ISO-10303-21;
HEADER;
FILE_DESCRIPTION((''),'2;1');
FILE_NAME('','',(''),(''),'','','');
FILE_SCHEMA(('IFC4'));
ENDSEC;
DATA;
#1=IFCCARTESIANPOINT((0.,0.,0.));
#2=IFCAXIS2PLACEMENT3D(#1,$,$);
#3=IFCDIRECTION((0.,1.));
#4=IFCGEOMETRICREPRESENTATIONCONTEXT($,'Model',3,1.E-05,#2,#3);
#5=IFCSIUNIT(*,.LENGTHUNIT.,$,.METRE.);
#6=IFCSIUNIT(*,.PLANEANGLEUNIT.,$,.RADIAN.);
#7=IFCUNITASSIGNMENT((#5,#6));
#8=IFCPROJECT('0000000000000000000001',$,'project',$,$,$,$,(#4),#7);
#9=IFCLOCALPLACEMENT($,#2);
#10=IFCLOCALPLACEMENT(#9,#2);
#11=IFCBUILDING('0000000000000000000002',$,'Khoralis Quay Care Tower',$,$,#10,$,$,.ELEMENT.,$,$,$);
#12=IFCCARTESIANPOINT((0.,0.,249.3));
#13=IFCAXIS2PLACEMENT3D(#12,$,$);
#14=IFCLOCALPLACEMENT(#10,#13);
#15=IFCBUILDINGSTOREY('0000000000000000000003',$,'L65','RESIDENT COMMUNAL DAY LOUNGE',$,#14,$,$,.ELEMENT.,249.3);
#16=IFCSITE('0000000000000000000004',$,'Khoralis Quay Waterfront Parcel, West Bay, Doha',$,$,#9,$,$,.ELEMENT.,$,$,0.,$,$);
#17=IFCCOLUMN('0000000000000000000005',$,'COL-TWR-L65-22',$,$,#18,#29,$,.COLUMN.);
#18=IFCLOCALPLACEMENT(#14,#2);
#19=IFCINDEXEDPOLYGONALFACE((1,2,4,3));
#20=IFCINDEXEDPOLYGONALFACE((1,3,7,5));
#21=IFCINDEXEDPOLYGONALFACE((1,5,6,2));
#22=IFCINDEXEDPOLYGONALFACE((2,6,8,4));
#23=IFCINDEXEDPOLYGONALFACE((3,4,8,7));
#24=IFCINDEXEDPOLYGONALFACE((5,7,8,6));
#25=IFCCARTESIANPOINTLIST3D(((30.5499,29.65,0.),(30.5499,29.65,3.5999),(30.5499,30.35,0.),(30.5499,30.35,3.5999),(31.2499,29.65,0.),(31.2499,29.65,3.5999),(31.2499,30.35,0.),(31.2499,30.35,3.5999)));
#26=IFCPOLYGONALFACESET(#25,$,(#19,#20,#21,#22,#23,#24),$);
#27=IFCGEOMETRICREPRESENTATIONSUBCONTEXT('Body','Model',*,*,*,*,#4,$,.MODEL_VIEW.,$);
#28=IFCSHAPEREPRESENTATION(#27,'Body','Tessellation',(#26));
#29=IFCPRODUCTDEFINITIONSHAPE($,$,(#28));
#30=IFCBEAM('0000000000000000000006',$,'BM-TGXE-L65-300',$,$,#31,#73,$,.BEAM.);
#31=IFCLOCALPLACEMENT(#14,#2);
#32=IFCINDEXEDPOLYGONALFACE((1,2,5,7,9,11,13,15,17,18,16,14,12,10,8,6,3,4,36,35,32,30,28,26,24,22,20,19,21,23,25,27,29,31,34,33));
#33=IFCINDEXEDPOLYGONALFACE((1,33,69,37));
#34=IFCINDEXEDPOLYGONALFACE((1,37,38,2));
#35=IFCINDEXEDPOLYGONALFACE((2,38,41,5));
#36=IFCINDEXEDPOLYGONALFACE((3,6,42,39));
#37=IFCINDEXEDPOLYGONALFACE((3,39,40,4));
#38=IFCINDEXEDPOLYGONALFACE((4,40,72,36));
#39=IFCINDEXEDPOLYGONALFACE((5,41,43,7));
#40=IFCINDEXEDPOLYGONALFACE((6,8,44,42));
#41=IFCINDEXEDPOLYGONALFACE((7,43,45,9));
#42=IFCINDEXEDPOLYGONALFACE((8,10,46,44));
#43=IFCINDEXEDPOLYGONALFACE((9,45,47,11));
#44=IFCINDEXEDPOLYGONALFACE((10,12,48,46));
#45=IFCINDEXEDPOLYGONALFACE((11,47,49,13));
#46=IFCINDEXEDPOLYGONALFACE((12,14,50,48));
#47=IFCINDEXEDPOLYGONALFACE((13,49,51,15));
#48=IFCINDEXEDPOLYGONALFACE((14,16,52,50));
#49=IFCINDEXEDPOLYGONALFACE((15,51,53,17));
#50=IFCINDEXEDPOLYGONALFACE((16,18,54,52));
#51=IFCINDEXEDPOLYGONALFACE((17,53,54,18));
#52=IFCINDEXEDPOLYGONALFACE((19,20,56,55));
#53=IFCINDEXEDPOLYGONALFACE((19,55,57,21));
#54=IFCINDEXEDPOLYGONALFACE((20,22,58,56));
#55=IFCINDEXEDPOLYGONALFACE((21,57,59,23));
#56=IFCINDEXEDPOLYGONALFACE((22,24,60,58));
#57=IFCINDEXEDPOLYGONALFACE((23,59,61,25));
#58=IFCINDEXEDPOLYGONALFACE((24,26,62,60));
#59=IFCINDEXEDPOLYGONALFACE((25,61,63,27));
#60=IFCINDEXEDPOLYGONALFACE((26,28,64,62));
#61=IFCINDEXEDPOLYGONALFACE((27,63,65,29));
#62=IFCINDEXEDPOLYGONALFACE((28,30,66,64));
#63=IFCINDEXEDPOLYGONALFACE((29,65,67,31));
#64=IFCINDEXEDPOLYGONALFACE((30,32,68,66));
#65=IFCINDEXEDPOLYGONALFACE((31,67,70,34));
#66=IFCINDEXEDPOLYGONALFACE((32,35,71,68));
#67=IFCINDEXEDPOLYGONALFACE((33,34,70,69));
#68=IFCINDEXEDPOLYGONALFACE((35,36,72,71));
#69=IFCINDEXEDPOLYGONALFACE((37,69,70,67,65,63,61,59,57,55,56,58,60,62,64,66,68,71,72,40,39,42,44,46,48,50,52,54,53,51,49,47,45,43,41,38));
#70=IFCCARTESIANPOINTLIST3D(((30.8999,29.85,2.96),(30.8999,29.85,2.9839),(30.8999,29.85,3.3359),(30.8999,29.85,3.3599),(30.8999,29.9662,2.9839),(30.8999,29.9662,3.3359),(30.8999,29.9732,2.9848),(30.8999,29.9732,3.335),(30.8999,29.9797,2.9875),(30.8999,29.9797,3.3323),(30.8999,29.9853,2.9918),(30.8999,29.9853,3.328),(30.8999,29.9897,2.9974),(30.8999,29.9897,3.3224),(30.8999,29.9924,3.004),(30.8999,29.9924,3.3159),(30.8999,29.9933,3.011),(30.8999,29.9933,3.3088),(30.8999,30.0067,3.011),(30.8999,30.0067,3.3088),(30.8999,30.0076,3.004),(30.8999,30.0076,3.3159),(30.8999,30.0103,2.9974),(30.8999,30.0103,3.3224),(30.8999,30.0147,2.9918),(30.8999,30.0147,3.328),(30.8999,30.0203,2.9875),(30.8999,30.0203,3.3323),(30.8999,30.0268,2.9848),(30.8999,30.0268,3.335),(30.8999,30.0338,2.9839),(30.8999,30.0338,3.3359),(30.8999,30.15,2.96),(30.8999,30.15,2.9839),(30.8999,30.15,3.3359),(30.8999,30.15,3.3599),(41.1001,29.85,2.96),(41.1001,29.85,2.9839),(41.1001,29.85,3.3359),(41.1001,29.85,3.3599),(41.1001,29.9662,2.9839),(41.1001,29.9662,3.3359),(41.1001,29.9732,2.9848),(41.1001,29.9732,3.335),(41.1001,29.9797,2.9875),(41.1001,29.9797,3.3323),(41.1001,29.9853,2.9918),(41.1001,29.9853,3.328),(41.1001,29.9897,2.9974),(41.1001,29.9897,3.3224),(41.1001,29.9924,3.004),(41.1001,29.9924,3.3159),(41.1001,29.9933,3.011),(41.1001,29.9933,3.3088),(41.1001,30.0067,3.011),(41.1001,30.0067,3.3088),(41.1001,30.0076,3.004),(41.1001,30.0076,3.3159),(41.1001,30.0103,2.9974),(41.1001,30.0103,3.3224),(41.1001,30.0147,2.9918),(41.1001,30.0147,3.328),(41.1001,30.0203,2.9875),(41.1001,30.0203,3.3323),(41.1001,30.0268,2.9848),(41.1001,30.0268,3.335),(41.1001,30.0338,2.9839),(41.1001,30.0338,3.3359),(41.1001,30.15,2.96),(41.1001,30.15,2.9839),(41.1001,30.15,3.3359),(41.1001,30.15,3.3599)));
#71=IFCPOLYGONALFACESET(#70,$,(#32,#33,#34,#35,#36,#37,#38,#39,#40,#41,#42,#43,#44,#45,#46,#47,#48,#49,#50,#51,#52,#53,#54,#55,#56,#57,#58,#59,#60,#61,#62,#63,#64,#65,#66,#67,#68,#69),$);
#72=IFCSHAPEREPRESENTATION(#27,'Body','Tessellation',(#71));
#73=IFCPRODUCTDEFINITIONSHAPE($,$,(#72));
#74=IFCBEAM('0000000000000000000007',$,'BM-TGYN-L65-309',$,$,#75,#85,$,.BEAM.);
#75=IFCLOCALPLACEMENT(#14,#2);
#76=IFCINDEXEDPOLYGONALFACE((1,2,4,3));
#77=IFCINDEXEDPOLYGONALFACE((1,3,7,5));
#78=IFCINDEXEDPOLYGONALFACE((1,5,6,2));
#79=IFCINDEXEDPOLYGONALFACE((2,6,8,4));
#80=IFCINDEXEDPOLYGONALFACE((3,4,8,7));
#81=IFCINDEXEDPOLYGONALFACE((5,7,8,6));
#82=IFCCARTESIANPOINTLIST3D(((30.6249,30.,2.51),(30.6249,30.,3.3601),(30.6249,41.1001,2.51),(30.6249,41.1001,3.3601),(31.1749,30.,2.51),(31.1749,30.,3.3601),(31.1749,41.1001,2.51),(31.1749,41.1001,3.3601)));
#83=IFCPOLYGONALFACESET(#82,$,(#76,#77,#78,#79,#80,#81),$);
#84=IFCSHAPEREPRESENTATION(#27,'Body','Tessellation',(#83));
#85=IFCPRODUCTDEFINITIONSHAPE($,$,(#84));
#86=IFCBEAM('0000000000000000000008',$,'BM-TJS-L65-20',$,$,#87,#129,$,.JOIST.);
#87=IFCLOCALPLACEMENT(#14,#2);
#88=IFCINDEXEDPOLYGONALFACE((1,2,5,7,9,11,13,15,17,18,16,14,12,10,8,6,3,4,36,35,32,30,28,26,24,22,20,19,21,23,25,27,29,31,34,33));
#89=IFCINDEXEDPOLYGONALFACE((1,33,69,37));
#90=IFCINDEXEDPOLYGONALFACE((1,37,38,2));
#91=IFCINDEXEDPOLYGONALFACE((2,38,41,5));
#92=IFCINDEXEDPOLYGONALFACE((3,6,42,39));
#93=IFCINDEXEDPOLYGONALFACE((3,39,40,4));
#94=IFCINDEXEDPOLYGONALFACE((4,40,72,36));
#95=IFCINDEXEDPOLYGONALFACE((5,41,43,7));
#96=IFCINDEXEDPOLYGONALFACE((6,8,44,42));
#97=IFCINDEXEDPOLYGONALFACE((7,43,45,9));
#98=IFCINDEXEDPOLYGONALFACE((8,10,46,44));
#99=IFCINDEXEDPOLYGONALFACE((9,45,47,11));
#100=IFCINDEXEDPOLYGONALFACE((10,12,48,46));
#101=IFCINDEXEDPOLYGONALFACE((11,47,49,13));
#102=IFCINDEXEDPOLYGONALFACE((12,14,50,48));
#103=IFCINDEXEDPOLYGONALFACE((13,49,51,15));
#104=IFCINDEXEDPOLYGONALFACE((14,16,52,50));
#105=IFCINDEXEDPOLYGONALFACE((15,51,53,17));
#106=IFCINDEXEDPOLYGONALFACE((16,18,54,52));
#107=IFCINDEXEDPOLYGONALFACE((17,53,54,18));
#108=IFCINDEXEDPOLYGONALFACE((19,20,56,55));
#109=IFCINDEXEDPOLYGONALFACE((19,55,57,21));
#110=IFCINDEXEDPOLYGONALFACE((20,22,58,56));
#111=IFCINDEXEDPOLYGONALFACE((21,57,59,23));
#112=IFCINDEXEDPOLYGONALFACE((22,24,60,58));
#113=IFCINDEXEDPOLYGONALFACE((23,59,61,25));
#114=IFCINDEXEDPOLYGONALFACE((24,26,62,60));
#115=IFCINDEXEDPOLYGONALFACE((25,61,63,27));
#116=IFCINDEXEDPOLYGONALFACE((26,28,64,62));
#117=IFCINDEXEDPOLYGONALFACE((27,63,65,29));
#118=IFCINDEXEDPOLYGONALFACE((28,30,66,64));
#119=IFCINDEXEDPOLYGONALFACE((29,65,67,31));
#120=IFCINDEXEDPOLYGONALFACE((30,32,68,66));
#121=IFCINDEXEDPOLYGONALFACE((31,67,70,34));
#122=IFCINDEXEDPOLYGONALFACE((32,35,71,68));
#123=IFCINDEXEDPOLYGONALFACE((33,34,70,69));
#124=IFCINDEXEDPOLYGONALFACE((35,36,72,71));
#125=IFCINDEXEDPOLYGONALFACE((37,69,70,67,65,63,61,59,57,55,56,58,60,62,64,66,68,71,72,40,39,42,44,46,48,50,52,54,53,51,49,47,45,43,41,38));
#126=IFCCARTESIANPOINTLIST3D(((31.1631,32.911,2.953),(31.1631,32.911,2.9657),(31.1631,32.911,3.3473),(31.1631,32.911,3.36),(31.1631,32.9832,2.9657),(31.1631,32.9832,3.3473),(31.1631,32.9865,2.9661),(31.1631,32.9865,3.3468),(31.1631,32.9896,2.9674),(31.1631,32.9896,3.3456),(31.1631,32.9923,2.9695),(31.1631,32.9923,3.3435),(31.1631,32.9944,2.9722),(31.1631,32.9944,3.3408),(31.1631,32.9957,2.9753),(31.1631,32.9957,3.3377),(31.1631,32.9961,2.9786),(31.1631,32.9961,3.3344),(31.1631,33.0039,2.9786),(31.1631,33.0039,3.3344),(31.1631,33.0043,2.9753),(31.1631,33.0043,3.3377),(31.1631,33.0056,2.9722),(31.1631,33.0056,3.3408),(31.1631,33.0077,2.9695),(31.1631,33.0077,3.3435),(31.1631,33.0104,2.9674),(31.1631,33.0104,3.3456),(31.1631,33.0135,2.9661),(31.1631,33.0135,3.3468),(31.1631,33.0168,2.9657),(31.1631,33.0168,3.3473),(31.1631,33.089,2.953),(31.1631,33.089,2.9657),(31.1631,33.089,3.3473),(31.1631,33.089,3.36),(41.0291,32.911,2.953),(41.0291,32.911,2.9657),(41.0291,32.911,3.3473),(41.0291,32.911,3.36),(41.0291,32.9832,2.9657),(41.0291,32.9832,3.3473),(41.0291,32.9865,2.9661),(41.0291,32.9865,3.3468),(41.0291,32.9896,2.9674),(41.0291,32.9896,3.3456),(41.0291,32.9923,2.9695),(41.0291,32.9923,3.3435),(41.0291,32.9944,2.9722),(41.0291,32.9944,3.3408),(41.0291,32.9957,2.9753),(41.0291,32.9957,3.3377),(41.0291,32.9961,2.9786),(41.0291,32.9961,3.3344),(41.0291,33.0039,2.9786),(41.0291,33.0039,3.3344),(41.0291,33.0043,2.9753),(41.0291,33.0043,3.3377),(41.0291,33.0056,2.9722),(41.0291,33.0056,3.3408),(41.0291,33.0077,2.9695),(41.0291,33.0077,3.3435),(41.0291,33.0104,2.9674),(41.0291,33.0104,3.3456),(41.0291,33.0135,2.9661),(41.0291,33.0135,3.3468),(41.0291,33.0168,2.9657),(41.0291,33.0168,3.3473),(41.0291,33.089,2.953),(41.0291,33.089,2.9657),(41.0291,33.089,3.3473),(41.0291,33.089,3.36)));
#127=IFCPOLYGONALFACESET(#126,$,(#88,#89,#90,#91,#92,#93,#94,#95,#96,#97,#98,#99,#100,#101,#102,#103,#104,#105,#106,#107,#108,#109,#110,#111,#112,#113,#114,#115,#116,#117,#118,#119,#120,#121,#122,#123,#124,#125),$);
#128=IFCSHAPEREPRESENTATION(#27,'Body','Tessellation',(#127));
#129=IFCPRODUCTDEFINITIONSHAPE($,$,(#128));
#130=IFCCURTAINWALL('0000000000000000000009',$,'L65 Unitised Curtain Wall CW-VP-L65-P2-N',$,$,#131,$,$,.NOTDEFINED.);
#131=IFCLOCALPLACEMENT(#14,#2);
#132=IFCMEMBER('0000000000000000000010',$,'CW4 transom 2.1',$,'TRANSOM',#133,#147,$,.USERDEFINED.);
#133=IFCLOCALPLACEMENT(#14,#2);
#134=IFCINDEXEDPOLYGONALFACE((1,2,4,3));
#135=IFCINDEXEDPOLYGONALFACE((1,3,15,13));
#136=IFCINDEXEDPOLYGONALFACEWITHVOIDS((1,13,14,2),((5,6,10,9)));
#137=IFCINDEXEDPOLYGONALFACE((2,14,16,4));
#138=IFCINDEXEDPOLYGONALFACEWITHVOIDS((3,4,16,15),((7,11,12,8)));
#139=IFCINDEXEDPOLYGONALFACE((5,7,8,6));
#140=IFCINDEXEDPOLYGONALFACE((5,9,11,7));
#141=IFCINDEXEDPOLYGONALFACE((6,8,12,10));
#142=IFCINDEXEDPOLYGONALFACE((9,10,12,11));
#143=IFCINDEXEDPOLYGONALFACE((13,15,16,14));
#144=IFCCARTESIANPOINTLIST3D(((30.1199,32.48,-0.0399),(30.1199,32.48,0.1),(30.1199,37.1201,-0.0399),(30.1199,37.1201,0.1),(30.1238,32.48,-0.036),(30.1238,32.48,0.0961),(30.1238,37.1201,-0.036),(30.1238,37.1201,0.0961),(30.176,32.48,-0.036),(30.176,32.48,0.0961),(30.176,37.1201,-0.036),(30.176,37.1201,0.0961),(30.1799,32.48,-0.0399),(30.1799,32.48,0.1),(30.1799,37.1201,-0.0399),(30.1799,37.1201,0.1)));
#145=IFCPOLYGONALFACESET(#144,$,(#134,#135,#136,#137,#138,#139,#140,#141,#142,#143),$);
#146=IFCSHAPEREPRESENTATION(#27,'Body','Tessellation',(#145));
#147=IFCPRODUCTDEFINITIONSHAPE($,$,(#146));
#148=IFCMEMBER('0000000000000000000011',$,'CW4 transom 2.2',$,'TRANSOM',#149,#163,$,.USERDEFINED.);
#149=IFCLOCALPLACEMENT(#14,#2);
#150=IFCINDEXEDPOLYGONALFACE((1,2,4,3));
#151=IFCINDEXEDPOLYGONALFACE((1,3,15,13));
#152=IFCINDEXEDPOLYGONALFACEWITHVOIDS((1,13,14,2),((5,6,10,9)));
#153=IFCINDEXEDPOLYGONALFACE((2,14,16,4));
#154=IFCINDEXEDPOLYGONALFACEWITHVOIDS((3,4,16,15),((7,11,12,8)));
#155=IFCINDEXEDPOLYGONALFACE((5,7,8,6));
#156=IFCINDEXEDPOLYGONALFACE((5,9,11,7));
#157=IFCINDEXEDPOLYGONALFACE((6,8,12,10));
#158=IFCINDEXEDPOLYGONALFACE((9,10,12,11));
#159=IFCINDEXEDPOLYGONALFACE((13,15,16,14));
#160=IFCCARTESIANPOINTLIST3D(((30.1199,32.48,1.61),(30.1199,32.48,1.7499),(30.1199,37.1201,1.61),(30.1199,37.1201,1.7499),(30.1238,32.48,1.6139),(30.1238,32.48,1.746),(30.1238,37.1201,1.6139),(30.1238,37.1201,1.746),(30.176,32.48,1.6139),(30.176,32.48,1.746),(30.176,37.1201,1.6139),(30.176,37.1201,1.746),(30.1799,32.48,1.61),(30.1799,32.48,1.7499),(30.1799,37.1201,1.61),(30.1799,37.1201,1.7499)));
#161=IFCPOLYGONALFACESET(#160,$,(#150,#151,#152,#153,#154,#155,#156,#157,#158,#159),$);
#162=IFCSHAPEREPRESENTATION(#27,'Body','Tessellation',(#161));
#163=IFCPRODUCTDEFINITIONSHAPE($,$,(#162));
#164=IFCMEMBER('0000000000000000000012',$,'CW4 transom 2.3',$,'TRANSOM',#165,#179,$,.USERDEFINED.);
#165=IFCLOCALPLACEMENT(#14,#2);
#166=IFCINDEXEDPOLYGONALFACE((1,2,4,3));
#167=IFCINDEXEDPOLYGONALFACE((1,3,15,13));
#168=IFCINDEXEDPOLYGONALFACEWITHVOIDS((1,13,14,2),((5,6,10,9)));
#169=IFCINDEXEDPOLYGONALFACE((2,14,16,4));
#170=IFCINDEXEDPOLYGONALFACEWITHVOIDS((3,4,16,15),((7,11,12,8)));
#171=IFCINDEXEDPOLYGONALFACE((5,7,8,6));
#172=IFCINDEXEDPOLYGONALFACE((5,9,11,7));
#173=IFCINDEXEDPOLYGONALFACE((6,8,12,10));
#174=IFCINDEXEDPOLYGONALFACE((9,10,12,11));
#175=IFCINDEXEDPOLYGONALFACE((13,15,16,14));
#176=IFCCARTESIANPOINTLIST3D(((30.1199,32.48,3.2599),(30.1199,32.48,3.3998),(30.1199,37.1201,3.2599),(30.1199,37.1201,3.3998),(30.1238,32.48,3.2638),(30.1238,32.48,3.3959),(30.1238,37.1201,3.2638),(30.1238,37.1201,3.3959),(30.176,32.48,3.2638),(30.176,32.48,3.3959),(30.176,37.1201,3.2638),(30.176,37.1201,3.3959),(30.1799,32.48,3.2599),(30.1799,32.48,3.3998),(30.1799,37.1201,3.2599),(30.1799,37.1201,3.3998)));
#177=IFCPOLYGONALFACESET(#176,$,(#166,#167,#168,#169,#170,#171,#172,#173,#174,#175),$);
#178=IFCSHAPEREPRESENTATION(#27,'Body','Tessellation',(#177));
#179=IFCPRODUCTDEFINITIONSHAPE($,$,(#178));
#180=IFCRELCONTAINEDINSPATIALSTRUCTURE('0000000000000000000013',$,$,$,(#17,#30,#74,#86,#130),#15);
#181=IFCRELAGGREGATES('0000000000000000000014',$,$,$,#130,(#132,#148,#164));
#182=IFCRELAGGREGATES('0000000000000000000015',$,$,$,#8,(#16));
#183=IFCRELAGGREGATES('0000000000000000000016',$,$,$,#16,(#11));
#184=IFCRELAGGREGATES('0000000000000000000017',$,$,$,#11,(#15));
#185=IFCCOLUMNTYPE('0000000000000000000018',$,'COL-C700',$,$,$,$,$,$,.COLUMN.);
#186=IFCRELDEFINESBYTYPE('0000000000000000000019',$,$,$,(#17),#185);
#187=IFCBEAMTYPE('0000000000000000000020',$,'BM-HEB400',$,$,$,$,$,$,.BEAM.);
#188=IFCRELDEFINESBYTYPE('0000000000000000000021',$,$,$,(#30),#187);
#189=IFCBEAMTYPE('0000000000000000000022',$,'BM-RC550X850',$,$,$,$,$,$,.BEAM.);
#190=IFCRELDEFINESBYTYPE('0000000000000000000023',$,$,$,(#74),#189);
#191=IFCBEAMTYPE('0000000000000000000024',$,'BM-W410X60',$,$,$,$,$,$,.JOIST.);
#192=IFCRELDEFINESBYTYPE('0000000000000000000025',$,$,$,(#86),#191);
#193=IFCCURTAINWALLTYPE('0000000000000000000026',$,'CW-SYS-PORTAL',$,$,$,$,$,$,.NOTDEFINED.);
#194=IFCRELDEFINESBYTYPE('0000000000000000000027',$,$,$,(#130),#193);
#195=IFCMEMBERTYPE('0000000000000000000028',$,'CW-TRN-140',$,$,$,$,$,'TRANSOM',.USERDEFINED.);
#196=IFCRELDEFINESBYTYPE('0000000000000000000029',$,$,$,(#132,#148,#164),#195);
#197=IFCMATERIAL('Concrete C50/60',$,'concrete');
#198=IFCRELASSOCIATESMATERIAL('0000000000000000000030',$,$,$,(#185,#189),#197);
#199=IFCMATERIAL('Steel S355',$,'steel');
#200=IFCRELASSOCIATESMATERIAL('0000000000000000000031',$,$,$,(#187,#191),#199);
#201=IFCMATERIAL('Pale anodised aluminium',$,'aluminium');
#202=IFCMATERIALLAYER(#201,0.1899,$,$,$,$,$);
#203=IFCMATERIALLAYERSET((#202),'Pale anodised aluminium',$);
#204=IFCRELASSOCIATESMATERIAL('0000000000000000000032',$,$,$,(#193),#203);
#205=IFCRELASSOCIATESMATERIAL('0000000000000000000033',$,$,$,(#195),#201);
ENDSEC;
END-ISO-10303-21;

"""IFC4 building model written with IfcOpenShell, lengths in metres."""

from ifc_helpers import new_model, si_unit, direction, frame, origin, origin_2d, place, context, subcontext, project, spatial, rectangle, hollow_rectangle, i_section, extrude, source, transform, mapped, material, layer, layer_set, material_profile, profile_set, type_object, element, aggregate, save


model = new_model("IFC4")

# Units and contexts
model_context = context("Model", 3, precision=1e-05, world=origin(), true_north=direction((0.0, 1.0)))
body_context = subcontext(model_context, "Body", "Model", "MODEL_VIEW")
ifc_project = project(units=[si_unit("LENGTHUNIT", "METRE"), si_unit("PLANEANGLEUNIT", "RADIAN")], contexts=[model_context])

# Site, building, storey
site_placement = place(None, origin())
site = spatial("IfcSite", under=ifc_project, at=site_placement, Name="Khoralis Quay Waterfront Parcel, West Bay, Doha", CompositionType="ELEMENT", RefElevation=0.0)
building_placement = place(site_placement, origin())
building = spatial("IfcBuilding", under=site, at=building_placement, Name="Khoralis Quay Care Tower", CompositionType="ELEMENT")
storey_placement = place(building_placement, frame((0.0, 0.0, 249.3)))
storey = spatial("IfcBuildingStorey", under=building, at=storey_placement, Name="L65", Description="RESIDENT COMMUNAL DAY LOUNGE", CompositionType="ELEMENT", Elevation=249.3)

# Column
ifc_material_1 = material(Name="Concrete C50/60", Category="concrete")
ifc_material_profile_1 = material_profile(ifc_material_1, rectangle(XDim=0.7, YDim=0.7, at=origin_2d()), Name="Concrete C50/60")
ifc_profile_set_1 = profile_set([ifc_material_profile_1], Name="Concrete C50/60")
column_type = type_object("IfcColumnType", Name="COL-C700", PredefinedType="COLUMN", material=ifc_profile_set_1)
shared_shape_1 = source(origin(), body_context, "Body", "SweptSolid", [
    extrude(rectangle(XDim=0.7, YDim=0.7, at=origin_2d()), origin(), (0.0, 0.0, 1.0), 3.5999),
])
column_placement = place(storey_placement, frame((30.8999, 30.0, 0.0), z_axis=(0.0, 0.0, 1.0), x_axis=(1.0, 0.0, 0.0)))
element("IfcColumn", 1, at=column_placement, inside=storey, type_object=column_type, Name="COL-TWR-L65-22", PredefinedType="COLUMN", context=body_context, shape_type="MappedRepresentation", body=[
    mapped(shared_shape_1, transform((0.0, 0.0, 0.0), scale=1.0)),
])

# Beams
ifc_material_2 = material(Name="Steel S355", Category="steel")
ifc_material_profile_2 = material_profile(ifc_material_2, i_section(OverallWidth=0.3, OverallDepth=0.3999, WebThickness=0.0134, FlangeThickness=0.0239, FilletRadius=0.0271, at=origin_2d()), Name="Steel S355")
ifc_profile_set_2 = profile_set([ifc_material_profile_2], Name="Steel S355")
beam_type_1 = type_object("IfcBeamType", Name="BM-HEB400", PredefinedType="BEAM", material=ifc_profile_set_2)
shared_shape_2 = source(origin(), body_context, "Body", "SweptSolid", [
    extrude(i_section(OverallWidth=0.3, OverallDepth=0.3999, WebThickness=0.0134, FlangeThickness=0.0239, FilletRadius=0.0271, at=origin_2d()), origin(), (0.0, 0.0, 1.0), 10.2002),
])
beam_1_placement = place(storey_placement, frame((30.8999, 30.0, 3.1599), z_axis=(1.0, 0.0, 0.0), x_axis=(0.0, 1.0, 0.0)))
element("IfcBeam", 2, at=beam_1_placement, inside=storey, type_object=beam_type_1, Name="BM-TGXE-L65-300", PredefinedType="BEAM", context=body_context, shape_type="MappedRepresentation", body=[
    mapped(shared_shape_2, transform((0.0, 0.0, 0.0), scale=1.0)),
])
ifc_material_profile_3 = material_profile(ifc_material_1, rectangle(XDim=0.55, YDim=0.8501, at=origin_2d()), Name="Concrete C50/60")
ifc_profile_set_3 = profile_set([ifc_material_profile_3], Name="Concrete C50/60")
beam_type_2 = type_object("IfcBeamType", Name="BM-RC550X850", PredefinedType="BEAM", material=ifc_profile_set_3)
shared_shape_3 = source(origin(), body_context, "Body", "SweptSolid", [
    extrude(rectangle(XDim=0.55, YDim=0.8501, at=origin_2d()), origin(), (0.0, 0.0, 1.0), 11.1001),
])
beam_2_placement = place(storey_placement, frame((30.8999, 30.0, 2.9351), z_axis=(0.0, 1.0, 0.0), x_axis=(-1.0, 0.0, 0.0)))
element("IfcBeam", 3, at=beam_2_placement, inside=storey, type_object=beam_type_2, Name="BM-TGYN-L65-309", PredefinedType="BEAM", context=body_context, shape_type="MappedRepresentation", body=[
    mapped(shared_shape_3, transform((0.0, 0.0, 0.0), scale=1.0)),
])
ifc_material_profile_4 = material_profile(ifc_material_2, i_section(OverallWidth=0.178, OverallDepth=0.407, WebThickness=0.0078, FlangeThickness=0.0127, FilletRadius=0.0129, at=origin_2d()), Name="Steel S355")
ifc_profile_set_4 = profile_set([ifc_material_profile_4], Name="Steel S355")
beam_type_3 = type_object("IfcBeamType", Name="BM-W410X60", PredefinedType="JOIST", material=ifc_profile_set_4)
shared_shape_4 = source(origin(), body_context, "Body", "SweptSolid", [
    extrude(i_section(OverallWidth=0.178, OverallDepth=0.407, WebThickness=0.0078, FlangeThickness=0.0127, FilletRadius=0.0129, at=origin_2d()), origin(), (0.0, 0.0, 1.0), 9.866),
])
beam_3_placement = place(storey_placement, frame((31.1631, 33.0, 3.1565), z_axis=(1.0, 0.0, 0.0), x_axis=(0.0, 1.0, 0.0)))
element("IfcBeam", 4, at=beam_3_placement, inside=storey, type_object=beam_type_3, Name="BM-TJS-L65-20", PredefinedType="JOIST", context=body_context, shape_type="MappedRepresentation", body=[
    mapped(shared_shape_4, transform((0.0, 0.0, 0.0), scale=1.0)),
])

# Curtain wall, members
ifc_material_3 = material(Name="Pale anodised aluminium", Category="aluminium")
ifc_layer_1 = layer(ifc_material_3, 0.1899)
ifc_layer_set_1 = layer_set([ifc_layer_1], Name="Pale anodised aluminium")
curtain_wall_type = type_object("IfcCurtainWallType", Name="CW-SYS-PORTAL", PredefinedType="NOTDEFINED", material=ifc_layer_set_1)
curtain_wall_1_placement = place(storey_placement, origin())
curtain_wall_1 = element("IfcCurtainWall", 5, at=curtain_wall_1_placement, inside=storey, type_object=curtain_wall_type, Name="L65 Unitised Curtain Wall CW-VP-L65-P2-N", PredefinedType="NOTDEFINED")
ifc_material_profile_5 = material_profile(ifc_material_3, hollow_rectangle(XDim=0.0601, YDim=0.1399, WallThickness=0.0039, at=origin_2d()), Name="Pale anodised aluminium")
ifc_profile_set_5 = profile_set([ifc_material_profile_5], Name="Pale anodised aluminium")
member_type_1 = type_object("IfcMemberType", Name="CW-TRN-140", ElementType="TRANSOM", PredefinedType="USERDEFINED", material=ifc_profile_set_5)
shared_shape_5 = source(origin(), body_context, "Body", "SweptSolid", [
    extrude(hollow_rectangle(XDim=0.0601, YDim=0.1399, WallThickness=0.0039, at=origin_2d()), origin(), (0.0, 0.0, 1.0), 4.6401),
])
member_1_placement = place(storey_placement, frame((30.1499, 32.48, 0.03), z_axis=(0.0, 1.0, 0.0), x_axis=(-1.0, 0.0, 0.0)))
member_1 = element("IfcMember", 6, at=member_1_placement, type_object=member_type_1, Name="CW4 transom 2.1", ObjectType="TRANSOM", PredefinedType="USERDEFINED", context=body_context, shape_type="MappedRepresentation", body=[
    mapped(shared_shape_5, transform((0.0, 0.0, 0.0), scale=1.0)),
])
member_2_placement = place(storey_placement, frame((30.1499, 32.48, 1.6799), z_axis=(0.0, 1.0, 0.0), x_axis=(-1.0, 0.0, 0.0)))
member_2 = element("IfcMember", 7, at=member_2_placement, type_object=member_type_1, Name="CW4 transom 2.2", ObjectType="TRANSOM", PredefinedType="USERDEFINED", context=body_context, shape_type="MappedRepresentation", body=[
    mapped(shared_shape_5, transform((0.0, 0.0, 0.0), scale=1.0)),
])
member_3_placement = place(storey_placement, frame((30.1499, 32.48, 3.3298), z_axis=(0.0, 1.0, 0.0), x_axis=(-1.0, 0.0, 0.0)))
member_3 = element("IfcMember", 8, at=member_3_placement, type_object=member_type_1, Name="CW4 transom 2.3", ObjectType="TRANSOM", PredefinedType="USERDEFINED", context=body_context, shape_type="MappedRepresentation", body=[
    mapped(shared_shape_5, transform((0.0, 0.0, 0.0), scale=1.0)),
])
aggregate(curtain_wall_1, [member_1, member_2, member_3])

save(model, "model.ifc")
